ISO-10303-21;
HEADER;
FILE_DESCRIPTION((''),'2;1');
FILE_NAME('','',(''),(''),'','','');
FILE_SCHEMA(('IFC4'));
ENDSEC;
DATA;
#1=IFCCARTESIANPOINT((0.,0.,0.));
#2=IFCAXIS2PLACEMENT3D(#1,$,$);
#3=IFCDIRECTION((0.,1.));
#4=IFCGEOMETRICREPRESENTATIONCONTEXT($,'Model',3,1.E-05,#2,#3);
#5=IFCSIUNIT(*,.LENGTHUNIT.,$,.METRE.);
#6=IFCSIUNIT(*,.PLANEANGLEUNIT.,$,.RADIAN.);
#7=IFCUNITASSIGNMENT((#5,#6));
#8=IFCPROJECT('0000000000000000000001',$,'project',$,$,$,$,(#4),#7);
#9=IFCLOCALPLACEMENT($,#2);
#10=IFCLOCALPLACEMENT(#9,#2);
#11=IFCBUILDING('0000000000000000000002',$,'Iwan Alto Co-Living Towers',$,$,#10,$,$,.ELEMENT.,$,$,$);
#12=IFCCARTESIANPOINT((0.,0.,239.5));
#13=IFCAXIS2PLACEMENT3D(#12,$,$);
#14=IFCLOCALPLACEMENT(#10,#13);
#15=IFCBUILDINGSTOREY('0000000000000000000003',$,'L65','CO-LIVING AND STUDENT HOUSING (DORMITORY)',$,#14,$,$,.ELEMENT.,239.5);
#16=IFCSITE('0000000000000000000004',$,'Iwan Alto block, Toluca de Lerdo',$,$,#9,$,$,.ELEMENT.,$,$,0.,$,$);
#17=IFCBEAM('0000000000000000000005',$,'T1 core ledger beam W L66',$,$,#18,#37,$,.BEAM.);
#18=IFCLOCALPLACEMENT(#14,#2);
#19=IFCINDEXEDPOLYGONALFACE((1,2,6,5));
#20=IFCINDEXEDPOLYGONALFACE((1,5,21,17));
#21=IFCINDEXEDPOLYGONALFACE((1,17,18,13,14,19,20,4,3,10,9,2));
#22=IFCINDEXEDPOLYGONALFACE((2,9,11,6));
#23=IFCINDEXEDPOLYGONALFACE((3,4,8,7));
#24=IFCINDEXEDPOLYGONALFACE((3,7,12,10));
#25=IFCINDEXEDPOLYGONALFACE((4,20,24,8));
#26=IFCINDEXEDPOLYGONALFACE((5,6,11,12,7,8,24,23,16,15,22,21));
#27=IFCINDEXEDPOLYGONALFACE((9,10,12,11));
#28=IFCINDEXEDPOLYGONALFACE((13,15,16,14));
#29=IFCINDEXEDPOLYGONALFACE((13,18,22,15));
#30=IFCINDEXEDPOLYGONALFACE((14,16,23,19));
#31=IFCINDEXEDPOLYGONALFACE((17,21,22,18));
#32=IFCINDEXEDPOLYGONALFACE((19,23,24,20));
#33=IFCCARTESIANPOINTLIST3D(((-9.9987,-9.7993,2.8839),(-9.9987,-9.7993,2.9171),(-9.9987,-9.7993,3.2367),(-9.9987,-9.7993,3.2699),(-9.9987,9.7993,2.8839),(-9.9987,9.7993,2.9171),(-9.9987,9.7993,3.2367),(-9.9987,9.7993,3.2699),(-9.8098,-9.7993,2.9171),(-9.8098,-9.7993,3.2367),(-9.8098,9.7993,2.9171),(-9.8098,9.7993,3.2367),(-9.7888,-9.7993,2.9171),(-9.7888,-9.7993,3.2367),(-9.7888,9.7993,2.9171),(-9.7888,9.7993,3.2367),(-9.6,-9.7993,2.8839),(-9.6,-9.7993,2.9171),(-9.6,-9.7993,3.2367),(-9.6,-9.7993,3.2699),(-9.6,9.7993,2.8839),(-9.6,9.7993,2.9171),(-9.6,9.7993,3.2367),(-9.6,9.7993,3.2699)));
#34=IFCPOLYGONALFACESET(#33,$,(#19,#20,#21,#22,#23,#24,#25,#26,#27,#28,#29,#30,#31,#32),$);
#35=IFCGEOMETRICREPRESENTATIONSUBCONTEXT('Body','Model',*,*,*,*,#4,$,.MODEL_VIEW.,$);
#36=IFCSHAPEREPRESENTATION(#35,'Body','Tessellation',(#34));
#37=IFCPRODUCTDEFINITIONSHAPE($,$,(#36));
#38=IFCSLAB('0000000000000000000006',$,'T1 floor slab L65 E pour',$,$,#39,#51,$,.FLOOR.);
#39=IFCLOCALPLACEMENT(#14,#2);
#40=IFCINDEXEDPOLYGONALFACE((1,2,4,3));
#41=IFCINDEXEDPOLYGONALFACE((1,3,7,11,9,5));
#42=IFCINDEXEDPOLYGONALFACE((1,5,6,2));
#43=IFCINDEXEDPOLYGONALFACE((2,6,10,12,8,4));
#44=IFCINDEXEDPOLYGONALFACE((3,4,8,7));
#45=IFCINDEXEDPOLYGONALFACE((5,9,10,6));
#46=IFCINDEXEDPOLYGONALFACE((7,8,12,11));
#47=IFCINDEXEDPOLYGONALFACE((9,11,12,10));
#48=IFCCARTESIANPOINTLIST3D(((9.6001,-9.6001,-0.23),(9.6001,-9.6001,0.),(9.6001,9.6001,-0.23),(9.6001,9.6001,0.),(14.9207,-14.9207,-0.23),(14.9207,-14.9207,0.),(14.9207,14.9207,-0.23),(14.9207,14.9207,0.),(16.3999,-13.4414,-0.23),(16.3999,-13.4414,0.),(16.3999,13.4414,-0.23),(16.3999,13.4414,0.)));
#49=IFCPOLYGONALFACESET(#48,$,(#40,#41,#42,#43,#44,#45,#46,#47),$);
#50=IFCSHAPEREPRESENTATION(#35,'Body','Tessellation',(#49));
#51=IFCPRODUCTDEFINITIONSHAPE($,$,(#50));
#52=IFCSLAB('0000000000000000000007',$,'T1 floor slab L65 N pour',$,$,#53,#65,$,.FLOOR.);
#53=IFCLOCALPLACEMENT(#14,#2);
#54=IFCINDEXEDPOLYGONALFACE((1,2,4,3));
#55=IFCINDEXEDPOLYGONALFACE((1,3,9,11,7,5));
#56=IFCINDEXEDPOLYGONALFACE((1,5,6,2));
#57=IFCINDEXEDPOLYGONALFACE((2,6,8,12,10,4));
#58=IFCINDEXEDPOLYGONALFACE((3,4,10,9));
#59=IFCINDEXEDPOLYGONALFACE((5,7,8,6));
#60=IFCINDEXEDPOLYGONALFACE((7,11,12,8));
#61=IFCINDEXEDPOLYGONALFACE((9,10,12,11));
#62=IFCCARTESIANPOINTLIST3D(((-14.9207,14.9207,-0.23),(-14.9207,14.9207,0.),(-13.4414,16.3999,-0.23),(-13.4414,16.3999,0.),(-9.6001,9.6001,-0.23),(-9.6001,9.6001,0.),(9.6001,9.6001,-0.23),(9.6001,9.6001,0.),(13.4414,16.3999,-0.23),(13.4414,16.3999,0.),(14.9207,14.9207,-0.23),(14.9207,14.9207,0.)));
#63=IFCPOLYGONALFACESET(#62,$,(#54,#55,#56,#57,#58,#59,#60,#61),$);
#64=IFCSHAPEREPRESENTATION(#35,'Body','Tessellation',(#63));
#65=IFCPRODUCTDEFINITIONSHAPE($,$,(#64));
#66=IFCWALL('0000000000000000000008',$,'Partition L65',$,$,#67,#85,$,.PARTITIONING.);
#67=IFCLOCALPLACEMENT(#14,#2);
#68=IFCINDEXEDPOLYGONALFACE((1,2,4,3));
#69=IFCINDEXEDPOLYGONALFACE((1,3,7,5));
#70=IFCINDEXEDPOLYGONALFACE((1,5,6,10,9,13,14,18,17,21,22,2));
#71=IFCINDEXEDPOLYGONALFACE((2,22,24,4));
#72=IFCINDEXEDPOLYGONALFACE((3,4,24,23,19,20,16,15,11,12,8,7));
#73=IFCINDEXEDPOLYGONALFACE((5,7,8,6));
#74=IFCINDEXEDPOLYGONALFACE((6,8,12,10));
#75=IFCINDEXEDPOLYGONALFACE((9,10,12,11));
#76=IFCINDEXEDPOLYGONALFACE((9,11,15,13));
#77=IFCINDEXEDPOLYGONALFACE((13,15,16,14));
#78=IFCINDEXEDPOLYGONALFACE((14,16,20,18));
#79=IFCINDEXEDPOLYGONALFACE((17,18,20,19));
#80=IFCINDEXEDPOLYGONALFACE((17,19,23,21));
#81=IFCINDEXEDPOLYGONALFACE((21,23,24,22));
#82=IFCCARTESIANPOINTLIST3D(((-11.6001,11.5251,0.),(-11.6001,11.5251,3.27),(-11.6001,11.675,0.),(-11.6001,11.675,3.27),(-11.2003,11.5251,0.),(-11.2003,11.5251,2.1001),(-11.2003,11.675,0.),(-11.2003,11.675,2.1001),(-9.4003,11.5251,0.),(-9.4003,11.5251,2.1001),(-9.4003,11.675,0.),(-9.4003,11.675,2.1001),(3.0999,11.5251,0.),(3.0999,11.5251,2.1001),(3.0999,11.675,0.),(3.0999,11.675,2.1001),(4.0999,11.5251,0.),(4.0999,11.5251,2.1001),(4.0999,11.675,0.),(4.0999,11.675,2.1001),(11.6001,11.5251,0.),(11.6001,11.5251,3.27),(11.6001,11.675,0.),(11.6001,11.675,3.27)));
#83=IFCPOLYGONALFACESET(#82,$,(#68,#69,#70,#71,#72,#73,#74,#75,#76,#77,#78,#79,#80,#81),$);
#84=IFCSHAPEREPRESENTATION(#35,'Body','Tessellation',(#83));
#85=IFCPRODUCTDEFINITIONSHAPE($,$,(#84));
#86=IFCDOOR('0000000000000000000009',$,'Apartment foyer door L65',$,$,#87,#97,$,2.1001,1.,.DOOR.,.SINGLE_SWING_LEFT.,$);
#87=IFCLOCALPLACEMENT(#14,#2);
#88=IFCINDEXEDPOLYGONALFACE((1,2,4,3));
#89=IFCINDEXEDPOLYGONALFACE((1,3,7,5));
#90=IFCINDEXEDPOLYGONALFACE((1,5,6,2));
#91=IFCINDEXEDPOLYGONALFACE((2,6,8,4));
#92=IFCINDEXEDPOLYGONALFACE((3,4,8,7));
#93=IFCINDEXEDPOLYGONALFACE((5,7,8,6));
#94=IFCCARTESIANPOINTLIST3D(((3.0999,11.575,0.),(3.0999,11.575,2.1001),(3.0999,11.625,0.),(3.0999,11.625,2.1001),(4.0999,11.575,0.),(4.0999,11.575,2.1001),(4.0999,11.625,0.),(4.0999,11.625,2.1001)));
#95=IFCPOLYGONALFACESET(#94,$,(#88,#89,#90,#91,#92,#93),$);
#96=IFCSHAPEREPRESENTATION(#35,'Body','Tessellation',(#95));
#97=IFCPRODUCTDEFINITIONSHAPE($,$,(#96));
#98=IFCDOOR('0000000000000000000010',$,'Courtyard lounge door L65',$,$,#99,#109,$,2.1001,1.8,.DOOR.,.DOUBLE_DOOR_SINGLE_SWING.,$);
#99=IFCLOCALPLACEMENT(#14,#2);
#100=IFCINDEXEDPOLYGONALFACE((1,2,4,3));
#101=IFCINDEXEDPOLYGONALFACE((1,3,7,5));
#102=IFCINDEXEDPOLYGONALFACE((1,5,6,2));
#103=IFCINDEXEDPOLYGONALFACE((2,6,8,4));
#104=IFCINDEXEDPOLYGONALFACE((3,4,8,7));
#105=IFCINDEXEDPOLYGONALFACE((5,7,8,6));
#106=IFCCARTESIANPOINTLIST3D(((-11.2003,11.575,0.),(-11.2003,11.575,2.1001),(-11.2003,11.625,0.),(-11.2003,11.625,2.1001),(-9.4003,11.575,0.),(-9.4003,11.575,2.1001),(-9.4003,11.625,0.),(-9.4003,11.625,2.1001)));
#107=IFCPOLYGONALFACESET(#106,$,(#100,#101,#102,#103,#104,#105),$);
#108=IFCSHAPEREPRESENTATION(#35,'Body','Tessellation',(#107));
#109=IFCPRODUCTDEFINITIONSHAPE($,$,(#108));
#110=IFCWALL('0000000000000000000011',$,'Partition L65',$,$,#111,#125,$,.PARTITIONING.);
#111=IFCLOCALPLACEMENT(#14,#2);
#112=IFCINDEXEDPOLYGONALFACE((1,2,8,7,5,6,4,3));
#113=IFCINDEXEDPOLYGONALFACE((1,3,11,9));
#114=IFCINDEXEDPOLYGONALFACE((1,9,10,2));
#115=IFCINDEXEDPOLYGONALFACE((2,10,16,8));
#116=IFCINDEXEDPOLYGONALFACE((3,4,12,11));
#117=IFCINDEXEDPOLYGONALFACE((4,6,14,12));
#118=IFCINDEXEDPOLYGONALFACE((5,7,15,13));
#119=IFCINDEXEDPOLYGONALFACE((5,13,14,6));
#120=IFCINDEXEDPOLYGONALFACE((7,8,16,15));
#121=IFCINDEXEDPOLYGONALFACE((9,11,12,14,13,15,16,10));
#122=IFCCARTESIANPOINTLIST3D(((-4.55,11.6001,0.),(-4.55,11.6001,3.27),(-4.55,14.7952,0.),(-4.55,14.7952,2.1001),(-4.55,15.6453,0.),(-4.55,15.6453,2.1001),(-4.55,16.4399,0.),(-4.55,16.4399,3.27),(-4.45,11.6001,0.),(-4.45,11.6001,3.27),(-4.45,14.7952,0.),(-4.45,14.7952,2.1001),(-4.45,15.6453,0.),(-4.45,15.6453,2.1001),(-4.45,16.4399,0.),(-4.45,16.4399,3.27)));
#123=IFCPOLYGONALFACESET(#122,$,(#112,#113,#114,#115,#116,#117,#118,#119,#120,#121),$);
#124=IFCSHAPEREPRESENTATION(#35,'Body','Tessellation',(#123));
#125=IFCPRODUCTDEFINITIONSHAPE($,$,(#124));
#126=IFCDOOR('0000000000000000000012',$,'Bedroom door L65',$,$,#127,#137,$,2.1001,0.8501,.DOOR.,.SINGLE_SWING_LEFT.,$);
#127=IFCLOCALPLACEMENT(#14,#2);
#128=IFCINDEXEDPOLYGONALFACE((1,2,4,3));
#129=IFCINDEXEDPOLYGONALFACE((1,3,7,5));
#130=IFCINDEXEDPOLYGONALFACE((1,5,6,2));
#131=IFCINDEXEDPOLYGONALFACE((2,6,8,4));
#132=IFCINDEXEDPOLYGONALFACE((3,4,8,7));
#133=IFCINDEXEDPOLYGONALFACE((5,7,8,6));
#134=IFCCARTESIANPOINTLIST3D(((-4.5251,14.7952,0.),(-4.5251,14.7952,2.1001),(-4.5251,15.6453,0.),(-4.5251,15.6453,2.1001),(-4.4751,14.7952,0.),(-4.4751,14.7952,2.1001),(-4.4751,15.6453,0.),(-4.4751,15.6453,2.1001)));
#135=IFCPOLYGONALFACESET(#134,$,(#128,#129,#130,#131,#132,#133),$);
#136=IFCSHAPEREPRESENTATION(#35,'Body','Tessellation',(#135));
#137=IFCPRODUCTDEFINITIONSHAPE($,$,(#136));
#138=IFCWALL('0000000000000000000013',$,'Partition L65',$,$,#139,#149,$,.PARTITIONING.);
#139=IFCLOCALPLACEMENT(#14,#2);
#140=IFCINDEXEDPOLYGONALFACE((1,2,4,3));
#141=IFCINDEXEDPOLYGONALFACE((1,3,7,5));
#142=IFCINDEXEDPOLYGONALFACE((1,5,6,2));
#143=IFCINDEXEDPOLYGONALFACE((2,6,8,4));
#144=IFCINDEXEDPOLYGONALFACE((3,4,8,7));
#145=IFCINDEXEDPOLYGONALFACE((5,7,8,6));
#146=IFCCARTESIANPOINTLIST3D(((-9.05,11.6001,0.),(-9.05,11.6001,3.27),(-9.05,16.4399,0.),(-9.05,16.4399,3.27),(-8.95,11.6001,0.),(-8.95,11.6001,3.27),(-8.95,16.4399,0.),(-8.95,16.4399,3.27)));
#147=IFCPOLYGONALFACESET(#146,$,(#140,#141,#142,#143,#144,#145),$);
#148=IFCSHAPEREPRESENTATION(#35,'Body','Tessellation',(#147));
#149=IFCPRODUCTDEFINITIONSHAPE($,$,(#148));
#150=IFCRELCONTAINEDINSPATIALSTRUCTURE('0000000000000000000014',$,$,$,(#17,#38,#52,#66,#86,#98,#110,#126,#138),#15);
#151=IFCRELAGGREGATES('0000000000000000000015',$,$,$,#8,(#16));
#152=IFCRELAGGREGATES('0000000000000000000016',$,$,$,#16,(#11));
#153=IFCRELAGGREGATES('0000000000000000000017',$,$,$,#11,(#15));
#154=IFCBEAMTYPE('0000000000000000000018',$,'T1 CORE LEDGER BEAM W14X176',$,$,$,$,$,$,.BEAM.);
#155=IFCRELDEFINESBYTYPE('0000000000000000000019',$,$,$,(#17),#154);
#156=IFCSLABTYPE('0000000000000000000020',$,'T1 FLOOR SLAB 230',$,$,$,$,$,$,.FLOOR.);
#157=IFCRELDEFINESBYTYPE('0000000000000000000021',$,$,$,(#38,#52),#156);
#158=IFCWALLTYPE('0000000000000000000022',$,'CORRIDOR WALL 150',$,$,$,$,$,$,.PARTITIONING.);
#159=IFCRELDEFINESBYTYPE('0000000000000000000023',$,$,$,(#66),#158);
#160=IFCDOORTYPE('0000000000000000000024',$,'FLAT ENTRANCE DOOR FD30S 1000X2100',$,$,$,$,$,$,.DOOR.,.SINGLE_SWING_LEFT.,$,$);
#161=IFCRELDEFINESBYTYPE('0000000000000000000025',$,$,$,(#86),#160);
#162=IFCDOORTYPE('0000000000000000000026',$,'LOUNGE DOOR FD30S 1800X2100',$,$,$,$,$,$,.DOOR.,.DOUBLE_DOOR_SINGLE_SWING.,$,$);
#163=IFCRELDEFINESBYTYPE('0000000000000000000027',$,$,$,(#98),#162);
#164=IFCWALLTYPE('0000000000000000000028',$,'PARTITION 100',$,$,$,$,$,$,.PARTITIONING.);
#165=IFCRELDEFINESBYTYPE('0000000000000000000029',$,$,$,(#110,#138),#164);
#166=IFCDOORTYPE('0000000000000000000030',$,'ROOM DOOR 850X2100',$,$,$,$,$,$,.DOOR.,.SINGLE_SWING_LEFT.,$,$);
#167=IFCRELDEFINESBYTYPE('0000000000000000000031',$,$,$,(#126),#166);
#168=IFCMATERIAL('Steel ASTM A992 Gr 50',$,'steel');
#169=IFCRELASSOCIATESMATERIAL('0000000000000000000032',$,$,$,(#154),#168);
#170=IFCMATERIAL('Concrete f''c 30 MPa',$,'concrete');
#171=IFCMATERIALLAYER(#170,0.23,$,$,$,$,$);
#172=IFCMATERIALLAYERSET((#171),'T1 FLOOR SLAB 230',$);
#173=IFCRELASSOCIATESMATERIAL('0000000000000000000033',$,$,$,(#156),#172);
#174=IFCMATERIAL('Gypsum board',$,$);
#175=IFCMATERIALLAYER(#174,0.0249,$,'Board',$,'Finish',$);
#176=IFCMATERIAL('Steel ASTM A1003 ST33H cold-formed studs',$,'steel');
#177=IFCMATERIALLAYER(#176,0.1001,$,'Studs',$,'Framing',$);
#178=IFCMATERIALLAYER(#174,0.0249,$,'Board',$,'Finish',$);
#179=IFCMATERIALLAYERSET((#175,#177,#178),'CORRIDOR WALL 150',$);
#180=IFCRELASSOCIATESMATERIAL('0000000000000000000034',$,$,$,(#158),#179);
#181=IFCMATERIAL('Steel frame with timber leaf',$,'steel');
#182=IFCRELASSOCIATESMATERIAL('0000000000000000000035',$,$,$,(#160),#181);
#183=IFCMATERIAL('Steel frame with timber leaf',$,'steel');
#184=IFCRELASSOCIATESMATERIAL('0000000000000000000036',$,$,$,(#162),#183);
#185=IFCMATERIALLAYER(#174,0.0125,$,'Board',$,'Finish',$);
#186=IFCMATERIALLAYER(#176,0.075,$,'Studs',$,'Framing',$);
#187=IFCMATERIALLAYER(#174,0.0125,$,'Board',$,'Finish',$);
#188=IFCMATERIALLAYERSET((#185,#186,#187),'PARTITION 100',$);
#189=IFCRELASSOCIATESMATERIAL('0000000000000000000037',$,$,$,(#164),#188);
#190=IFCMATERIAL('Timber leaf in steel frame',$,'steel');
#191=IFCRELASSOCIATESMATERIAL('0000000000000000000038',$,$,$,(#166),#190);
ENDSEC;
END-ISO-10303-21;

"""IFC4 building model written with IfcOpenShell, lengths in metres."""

from ifc_helpers import new_model, si_unit, direction, frame, frame_2d, origin, origin_2d, place, context, subcontext, project, spatial, polyline, rectangle, i_section, outline, extrude, material, layer, layer_set, material_profile, profile_set, type_object, element, fill, save


model = new_model("IFC4")

# Units and contexts
model_context = context("Model", 3, precision=1e-05, world=origin(), true_north=direction((0.0, 1.0)))
body_context = subcontext(model_context, "Body", "Model", "MODEL_VIEW")
ifc_project = project(units=[si_unit("LENGTHUNIT", "METRE"), si_unit("PLANEANGLEUNIT", "RADIAN")], contexts=[model_context])

# Site, building, storey
site_placement = place(None, origin())
site = spatial("IfcSite", under=ifc_project, at=site_placement, Name="Iwan Alto block, Toluca de Lerdo", CompositionType="ELEMENT", RefElevation=0.0)
building_placement = place(site_placement, origin())
building = spatial("IfcBuilding", under=site, at=building_placement, Name="Iwan Alto Co-Living Towers", CompositionType="ELEMENT")
storey_placement = place(building_placement, frame((0.0, 0.0, 239.5)))
storey = spatial("IfcBuildingStorey", under=building, at=storey_placement, Name="L65", Description="CO-LIVING AND STUDENT HOUSING (DORMITORY)", CompositionType="ELEMENT", Elevation=239.5)

# Beam
ifc_material_1 = material(Name="Steel ASTM A992 Gr 50", Category="steel")
ifc_material_profile = material_profile(ifc_material_1, i_section(OverallWidth=0.3987, OverallDepth=0.386, WebThickness=0.021, FlangeThickness=0.0332, at=origin_2d()), Name="W14X176")
ifc_profile_set = profile_set([ifc_material_profile], Name="Steel ASTM A992 Gr 50")
beam_type = type_object("IfcBeamType", Name="T1 CORE LEDGER BEAM W14X176", PredefinedType="BEAM", material=ifc_profile_set)
beam_placement = place(storey_placement, frame((-9.7993, 9.7993, 3.0769), z_axis=(0.0, -1.0, 0.0), x_axis=(1.0, 0.0, 0.0)))
element("IfcBeam", 1, at=beam_placement, inside=storey, type_object=beam_type, Name="T1 core ledger beam W L66", PredefinedType="BEAM", context=body_context, shape_type="SweptSolid", body=[
    extrude(i_section(OverallWidth=0.3987, OverallDepth=0.386, WebThickness=0.021, FlangeThickness=0.0332, at=origin_2d()), origin(), (0.0, 0.0, 1.0), 19.5986),
])

# Slabs
ifc_material_2 = material(Name="Concrete f'c 30 MPa", Category="concrete")
ifc_layer_1 = layer(ifc_material_2, 0.23)
ifc_layer_set_1 = layer_set([ifc_layer_1], Name="T1 FLOOR SLAB 230")
slab_type = type_object("IfcSlabType", Name="T1 FLOOR SLAB 230", PredefinedType="FLOOR", material=ifc_layer_set_1)
slab_1_placement = place(storey_placement, frame((0.0, 0.0, -0.23)))
element("IfcSlab", 2, at=slab_1_placement, inside=storey, type_object=slab_type, Name="T1 floor slab L65 E pour", PredefinedType="FLOOR", context=body_context, shape_type="SweptSolid", body=[
    extrude(outline(polyline([(16.3999, 13.4414), (16.3999, -13.4414), (14.9207, -14.9207), (9.6001, -9.6001), (9.6001, 9.6001), (14.9207, 14.9207), (16.3999, 13.4414)])), origin(), (0.0, 0.0, 1.0), 0.23),
])
slab_2_placement = place(storey_placement, frame((0.0, 0.0, -0.23)))
element("IfcSlab", 3, at=slab_2_placement, inside=storey, type_object=slab_type, Name="T1 floor slab L65 N pour", PredefinedType="FLOOR", context=body_context, shape_type="SweptSolid", body=[
    extrude(outline(polyline([(-13.4414, 16.3999), (13.4414, 16.3999), (14.9207, 14.9207), (9.6001, 9.6001), (-9.6001, 9.6001), (-14.9207, 14.9207), (-13.4414, 16.3999)])), origin(), (0.0, 0.0, 1.0), 0.23),
])

# Wall, openings, doors
ifc_material_3 = material(Name="Gypsum board")
ifc_layer_2 = layer(ifc_material_3, 0.0249, Name="Board", Category="Finish")
ifc_material_4 = material(Name="Steel ASTM A1003 ST33H cold-formed studs", Category="steel")
ifc_layer_3 = layer(ifc_material_4, 0.1001, Name="Studs", Category="Framing")
ifc_layer_4 = layer(ifc_material_3, 0.0249, Name="Board", Category="Finish")
ifc_layer_set_2 = layer_set([ifc_layer_2, ifc_layer_3, ifc_layer_4], Name="CORRIDOR WALL 150")
wall_type_1 = type_object("IfcWallType", Name="CORRIDOR WALL 150", PredefinedType="PARTITIONING", material=ifc_layer_set_2)
wall_1_placement = place(storey_placement, frame((-11.6001, 11.6001, 0.0), z_axis=(0.0, 0.0, 1.0), x_axis=(1.0, 0.0, 0.0)))
wall_1 = element("IfcWall", 4, at=wall_1_placement, inside=storey, type_object=wall_type_1, Name="Partition L65", PredefinedType="PARTITIONING", context=body_context, shape_type="SweptSolid", body=[
    extrude(rectangle(XDim=23.2002, YDim=0.1499, at=frame_2d((11.6001, 0.0))), origin(), (0.0, 0.0, 1.0), 3.27),
])
opening_1_placement = place(wall_1_placement, frame((14.7, 0.0, 0.0)))
opening_1 = element("IfcOpeningElement", 5, at=opening_1_placement, cuts=wall_1, PredefinedType="OPENING", context=body_context, shape_type="SweptSolid", body=[
    extrude(rectangle(XDim=1.0, YDim=2.1001, at=frame_2d((0.5, 1.05))), frame((0.0, 0.085, 0.0), z_axis=(0.0, -1.0, 0.0), x_axis=(1.0, 0.0, 0.0)), (0.0, 0.0, 1.0), 0.1699),
])
opening_2_placement = place(wall_1_placement, frame((0.3999, 0.0, 0.0)))
opening_2 = element("IfcOpeningElement", 6, at=opening_2_placement, cuts=wall_1, PredefinedType="OPENING", context=body_context, shape_type="SweptSolid", body=[
    extrude(rectangle(XDim=1.8, YDim=2.1001, at=frame_2d((0.8999, 1.05))), frame((0.0, 0.085, 0.0), z_axis=(0.0, -1.0, 0.0), x_axis=(1.0, 0.0, 0.0)), (0.0, 0.0, 1.0), 0.1699),
])
ifc_material_5 = material(Name="Steel frame with timber leaf", Category="steel")
door_type_1 = type_object("IfcDoorType", Name="FLAT ENTRANCE DOOR FD30S 1000X2100", OperationType="SINGLE_SWING_LEFT", PredefinedType="DOOR", material=ifc_material_5)
door_1_placement = place(opening_1_placement, origin())
door_1 = element("IfcDoor", 7, at=door_1_placement, inside=storey, type_object=door_type_1, Name="Apartment foyer door L65", OperationType="SINGLE_SWING_LEFT", OverallHeight=2.1001, OverallWidth=1.0, PredefinedType="DOOR", context=body_context, shape_type="SweptSolid", body=[
    extrude(rectangle(XDim=1.0, YDim=2.1001, at=frame_2d((0.5, 1.05))), frame((0.0, 0.0249, 0.0), z_axis=(0.0, -1.0, 0.0), x_axis=(1.0, 0.0, 0.0)), (0.0, 0.0, 1.0), 0.05),
])
fill(opening_1, door_1)
ifc_material_6 = material(Name="Steel frame with timber leaf", Category="steel")
door_type_2 = type_object("IfcDoorType", Name="LOUNGE DOOR FD30S 1800X2100", OperationType="DOUBLE_DOOR_SINGLE_SWING", PredefinedType="DOOR", material=ifc_material_6)
door_2_placement = place(opening_2_placement, origin())
door_2 = element("IfcDoor", 8, at=door_2_placement, inside=storey, type_object=door_type_2, Name="Courtyard lounge door L65", OperationType="DOUBLE_DOOR_SINGLE_SWING", OverallHeight=2.1001, OverallWidth=1.8, PredefinedType="DOOR", context=body_context, shape_type="SweptSolid", body=[
    extrude(rectangle(XDim=1.8, YDim=2.1001, at=frame_2d((0.8999, 1.05))), frame((0.0, 0.0249, 0.0), z_axis=(0.0, -1.0, 0.0), x_axis=(1.0, 0.0, 0.0)), (0.0, 0.0, 1.0), 0.05),
])
fill(opening_2, door_2)

# Wall, opening, door
ifc_layer_5 = layer(ifc_material_3, 0.0125, Name="Board", Category="Finish")
ifc_layer_6 = layer(ifc_material_4, 0.075, Name="Studs", Category="Framing")
ifc_layer_7 = layer(ifc_material_3, 0.0125, Name="Board", Category="Finish")
ifc_layer_set_3 = layer_set([ifc_layer_5, ifc_layer_6, ifc_layer_7], Name="PARTITION 100")
wall_type_2 = type_object("IfcWallType", Name="PARTITION 100", PredefinedType="PARTITIONING", material=ifc_layer_set_3)
wall_2_placement = place(storey_placement, frame((-4.5, 11.6001, 0.0), z_axis=(0.0, 0.0, 1.0), x_axis=(0.0, 1.0, 0.0)))
wall_2 = element("IfcWall", 9, at=wall_2_placement, inside=storey, type_object=wall_type_2, Name="Partition L65", PredefinedType="PARTITIONING", context=body_context, shape_type="SweptSolid", body=[
    extrude(rectangle(XDim=4.8398, YDim=0.1001, at=frame_2d((2.4199, 0.0))), origin(), (0.0, 0.0, 1.0), 3.27),
])
opening_3_placement = place(wall_2_placement, frame((3.1951, 0.0, 0.0)))
opening_3 = element("IfcOpeningElement", 10, at=opening_3_placement, cuts=wall_2, PredefinedType="OPENING", context=body_context, shape_type="SweptSolid", body=[
    extrude(rectangle(XDim=0.8501, YDim=2.1001, at=frame_2d((0.425, 1.05))), frame((0.0, 0.0601, 0.0), z_axis=(0.0, -1.0, 0.0), x_axis=(1.0, 0.0, 0.0)), (0.0, 0.0, 1.0), 0.1201),
])
ifc_material_7 = material(Name="Timber leaf in steel frame", Category="steel")
door_type_3 = type_object("IfcDoorType", Name="ROOM DOOR 850X2100", OperationType="SINGLE_SWING_LEFT", PredefinedType="DOOR", material=ifc_material_7)
door_3_placement = place(opening_3_placement, frame((0.8501, 0.0, 0.0), z_axis=(0.0, 0.0, 1.0), x_axis=(-1.0, 0.0, 0.0)))
door_3 = element("IfcDoor", 11, at=door_3_placement, inside=storey, type_object=door_type_3, Name="Bedroom door L65", OperationType="SINGLE_SWING_LEFT", OverallHeight=2.1001, OverallWidth=0.8501, PredefinedType="DOOR", context=body_context, shape_type="SweptSolid", body=[
    extrude(rectangle(XDim=0.8501, YDim=2.1001, at=frame_2d((0.425, 1.05))), frame((0.0, 0.0249, 0.0), z_axis=(0.0, -1.0, 0.0), x_axis=(1.0, 0.0, 0.0)), (0.0, 0.0, 1.0), 0.05),
])
fill(opening_3, door_3)

# Wall
wall_3_placement = place(storey_placement, frame((-9.0, 11.6001, 0.0), z_axis=(0.0, 0.0, 1.0), x_axis=(0.0, 1.0, 0.0)))
element("IfcWall", 12, at=wall_3_placement, inside=storey, type_object=wall_type_2, Name="Partition L65", PredefinedType="PARTITIONING", context=body_context, shape_type="SweptSolid", body=[
    extrude(rectangle(XDim=4.8398, YDim=0.1001, at=frame_2d((2.4199, 0.0))), origin(), (0.0, 0.0, 1.0), 3.27),
])

save(model, "model.ifc")
